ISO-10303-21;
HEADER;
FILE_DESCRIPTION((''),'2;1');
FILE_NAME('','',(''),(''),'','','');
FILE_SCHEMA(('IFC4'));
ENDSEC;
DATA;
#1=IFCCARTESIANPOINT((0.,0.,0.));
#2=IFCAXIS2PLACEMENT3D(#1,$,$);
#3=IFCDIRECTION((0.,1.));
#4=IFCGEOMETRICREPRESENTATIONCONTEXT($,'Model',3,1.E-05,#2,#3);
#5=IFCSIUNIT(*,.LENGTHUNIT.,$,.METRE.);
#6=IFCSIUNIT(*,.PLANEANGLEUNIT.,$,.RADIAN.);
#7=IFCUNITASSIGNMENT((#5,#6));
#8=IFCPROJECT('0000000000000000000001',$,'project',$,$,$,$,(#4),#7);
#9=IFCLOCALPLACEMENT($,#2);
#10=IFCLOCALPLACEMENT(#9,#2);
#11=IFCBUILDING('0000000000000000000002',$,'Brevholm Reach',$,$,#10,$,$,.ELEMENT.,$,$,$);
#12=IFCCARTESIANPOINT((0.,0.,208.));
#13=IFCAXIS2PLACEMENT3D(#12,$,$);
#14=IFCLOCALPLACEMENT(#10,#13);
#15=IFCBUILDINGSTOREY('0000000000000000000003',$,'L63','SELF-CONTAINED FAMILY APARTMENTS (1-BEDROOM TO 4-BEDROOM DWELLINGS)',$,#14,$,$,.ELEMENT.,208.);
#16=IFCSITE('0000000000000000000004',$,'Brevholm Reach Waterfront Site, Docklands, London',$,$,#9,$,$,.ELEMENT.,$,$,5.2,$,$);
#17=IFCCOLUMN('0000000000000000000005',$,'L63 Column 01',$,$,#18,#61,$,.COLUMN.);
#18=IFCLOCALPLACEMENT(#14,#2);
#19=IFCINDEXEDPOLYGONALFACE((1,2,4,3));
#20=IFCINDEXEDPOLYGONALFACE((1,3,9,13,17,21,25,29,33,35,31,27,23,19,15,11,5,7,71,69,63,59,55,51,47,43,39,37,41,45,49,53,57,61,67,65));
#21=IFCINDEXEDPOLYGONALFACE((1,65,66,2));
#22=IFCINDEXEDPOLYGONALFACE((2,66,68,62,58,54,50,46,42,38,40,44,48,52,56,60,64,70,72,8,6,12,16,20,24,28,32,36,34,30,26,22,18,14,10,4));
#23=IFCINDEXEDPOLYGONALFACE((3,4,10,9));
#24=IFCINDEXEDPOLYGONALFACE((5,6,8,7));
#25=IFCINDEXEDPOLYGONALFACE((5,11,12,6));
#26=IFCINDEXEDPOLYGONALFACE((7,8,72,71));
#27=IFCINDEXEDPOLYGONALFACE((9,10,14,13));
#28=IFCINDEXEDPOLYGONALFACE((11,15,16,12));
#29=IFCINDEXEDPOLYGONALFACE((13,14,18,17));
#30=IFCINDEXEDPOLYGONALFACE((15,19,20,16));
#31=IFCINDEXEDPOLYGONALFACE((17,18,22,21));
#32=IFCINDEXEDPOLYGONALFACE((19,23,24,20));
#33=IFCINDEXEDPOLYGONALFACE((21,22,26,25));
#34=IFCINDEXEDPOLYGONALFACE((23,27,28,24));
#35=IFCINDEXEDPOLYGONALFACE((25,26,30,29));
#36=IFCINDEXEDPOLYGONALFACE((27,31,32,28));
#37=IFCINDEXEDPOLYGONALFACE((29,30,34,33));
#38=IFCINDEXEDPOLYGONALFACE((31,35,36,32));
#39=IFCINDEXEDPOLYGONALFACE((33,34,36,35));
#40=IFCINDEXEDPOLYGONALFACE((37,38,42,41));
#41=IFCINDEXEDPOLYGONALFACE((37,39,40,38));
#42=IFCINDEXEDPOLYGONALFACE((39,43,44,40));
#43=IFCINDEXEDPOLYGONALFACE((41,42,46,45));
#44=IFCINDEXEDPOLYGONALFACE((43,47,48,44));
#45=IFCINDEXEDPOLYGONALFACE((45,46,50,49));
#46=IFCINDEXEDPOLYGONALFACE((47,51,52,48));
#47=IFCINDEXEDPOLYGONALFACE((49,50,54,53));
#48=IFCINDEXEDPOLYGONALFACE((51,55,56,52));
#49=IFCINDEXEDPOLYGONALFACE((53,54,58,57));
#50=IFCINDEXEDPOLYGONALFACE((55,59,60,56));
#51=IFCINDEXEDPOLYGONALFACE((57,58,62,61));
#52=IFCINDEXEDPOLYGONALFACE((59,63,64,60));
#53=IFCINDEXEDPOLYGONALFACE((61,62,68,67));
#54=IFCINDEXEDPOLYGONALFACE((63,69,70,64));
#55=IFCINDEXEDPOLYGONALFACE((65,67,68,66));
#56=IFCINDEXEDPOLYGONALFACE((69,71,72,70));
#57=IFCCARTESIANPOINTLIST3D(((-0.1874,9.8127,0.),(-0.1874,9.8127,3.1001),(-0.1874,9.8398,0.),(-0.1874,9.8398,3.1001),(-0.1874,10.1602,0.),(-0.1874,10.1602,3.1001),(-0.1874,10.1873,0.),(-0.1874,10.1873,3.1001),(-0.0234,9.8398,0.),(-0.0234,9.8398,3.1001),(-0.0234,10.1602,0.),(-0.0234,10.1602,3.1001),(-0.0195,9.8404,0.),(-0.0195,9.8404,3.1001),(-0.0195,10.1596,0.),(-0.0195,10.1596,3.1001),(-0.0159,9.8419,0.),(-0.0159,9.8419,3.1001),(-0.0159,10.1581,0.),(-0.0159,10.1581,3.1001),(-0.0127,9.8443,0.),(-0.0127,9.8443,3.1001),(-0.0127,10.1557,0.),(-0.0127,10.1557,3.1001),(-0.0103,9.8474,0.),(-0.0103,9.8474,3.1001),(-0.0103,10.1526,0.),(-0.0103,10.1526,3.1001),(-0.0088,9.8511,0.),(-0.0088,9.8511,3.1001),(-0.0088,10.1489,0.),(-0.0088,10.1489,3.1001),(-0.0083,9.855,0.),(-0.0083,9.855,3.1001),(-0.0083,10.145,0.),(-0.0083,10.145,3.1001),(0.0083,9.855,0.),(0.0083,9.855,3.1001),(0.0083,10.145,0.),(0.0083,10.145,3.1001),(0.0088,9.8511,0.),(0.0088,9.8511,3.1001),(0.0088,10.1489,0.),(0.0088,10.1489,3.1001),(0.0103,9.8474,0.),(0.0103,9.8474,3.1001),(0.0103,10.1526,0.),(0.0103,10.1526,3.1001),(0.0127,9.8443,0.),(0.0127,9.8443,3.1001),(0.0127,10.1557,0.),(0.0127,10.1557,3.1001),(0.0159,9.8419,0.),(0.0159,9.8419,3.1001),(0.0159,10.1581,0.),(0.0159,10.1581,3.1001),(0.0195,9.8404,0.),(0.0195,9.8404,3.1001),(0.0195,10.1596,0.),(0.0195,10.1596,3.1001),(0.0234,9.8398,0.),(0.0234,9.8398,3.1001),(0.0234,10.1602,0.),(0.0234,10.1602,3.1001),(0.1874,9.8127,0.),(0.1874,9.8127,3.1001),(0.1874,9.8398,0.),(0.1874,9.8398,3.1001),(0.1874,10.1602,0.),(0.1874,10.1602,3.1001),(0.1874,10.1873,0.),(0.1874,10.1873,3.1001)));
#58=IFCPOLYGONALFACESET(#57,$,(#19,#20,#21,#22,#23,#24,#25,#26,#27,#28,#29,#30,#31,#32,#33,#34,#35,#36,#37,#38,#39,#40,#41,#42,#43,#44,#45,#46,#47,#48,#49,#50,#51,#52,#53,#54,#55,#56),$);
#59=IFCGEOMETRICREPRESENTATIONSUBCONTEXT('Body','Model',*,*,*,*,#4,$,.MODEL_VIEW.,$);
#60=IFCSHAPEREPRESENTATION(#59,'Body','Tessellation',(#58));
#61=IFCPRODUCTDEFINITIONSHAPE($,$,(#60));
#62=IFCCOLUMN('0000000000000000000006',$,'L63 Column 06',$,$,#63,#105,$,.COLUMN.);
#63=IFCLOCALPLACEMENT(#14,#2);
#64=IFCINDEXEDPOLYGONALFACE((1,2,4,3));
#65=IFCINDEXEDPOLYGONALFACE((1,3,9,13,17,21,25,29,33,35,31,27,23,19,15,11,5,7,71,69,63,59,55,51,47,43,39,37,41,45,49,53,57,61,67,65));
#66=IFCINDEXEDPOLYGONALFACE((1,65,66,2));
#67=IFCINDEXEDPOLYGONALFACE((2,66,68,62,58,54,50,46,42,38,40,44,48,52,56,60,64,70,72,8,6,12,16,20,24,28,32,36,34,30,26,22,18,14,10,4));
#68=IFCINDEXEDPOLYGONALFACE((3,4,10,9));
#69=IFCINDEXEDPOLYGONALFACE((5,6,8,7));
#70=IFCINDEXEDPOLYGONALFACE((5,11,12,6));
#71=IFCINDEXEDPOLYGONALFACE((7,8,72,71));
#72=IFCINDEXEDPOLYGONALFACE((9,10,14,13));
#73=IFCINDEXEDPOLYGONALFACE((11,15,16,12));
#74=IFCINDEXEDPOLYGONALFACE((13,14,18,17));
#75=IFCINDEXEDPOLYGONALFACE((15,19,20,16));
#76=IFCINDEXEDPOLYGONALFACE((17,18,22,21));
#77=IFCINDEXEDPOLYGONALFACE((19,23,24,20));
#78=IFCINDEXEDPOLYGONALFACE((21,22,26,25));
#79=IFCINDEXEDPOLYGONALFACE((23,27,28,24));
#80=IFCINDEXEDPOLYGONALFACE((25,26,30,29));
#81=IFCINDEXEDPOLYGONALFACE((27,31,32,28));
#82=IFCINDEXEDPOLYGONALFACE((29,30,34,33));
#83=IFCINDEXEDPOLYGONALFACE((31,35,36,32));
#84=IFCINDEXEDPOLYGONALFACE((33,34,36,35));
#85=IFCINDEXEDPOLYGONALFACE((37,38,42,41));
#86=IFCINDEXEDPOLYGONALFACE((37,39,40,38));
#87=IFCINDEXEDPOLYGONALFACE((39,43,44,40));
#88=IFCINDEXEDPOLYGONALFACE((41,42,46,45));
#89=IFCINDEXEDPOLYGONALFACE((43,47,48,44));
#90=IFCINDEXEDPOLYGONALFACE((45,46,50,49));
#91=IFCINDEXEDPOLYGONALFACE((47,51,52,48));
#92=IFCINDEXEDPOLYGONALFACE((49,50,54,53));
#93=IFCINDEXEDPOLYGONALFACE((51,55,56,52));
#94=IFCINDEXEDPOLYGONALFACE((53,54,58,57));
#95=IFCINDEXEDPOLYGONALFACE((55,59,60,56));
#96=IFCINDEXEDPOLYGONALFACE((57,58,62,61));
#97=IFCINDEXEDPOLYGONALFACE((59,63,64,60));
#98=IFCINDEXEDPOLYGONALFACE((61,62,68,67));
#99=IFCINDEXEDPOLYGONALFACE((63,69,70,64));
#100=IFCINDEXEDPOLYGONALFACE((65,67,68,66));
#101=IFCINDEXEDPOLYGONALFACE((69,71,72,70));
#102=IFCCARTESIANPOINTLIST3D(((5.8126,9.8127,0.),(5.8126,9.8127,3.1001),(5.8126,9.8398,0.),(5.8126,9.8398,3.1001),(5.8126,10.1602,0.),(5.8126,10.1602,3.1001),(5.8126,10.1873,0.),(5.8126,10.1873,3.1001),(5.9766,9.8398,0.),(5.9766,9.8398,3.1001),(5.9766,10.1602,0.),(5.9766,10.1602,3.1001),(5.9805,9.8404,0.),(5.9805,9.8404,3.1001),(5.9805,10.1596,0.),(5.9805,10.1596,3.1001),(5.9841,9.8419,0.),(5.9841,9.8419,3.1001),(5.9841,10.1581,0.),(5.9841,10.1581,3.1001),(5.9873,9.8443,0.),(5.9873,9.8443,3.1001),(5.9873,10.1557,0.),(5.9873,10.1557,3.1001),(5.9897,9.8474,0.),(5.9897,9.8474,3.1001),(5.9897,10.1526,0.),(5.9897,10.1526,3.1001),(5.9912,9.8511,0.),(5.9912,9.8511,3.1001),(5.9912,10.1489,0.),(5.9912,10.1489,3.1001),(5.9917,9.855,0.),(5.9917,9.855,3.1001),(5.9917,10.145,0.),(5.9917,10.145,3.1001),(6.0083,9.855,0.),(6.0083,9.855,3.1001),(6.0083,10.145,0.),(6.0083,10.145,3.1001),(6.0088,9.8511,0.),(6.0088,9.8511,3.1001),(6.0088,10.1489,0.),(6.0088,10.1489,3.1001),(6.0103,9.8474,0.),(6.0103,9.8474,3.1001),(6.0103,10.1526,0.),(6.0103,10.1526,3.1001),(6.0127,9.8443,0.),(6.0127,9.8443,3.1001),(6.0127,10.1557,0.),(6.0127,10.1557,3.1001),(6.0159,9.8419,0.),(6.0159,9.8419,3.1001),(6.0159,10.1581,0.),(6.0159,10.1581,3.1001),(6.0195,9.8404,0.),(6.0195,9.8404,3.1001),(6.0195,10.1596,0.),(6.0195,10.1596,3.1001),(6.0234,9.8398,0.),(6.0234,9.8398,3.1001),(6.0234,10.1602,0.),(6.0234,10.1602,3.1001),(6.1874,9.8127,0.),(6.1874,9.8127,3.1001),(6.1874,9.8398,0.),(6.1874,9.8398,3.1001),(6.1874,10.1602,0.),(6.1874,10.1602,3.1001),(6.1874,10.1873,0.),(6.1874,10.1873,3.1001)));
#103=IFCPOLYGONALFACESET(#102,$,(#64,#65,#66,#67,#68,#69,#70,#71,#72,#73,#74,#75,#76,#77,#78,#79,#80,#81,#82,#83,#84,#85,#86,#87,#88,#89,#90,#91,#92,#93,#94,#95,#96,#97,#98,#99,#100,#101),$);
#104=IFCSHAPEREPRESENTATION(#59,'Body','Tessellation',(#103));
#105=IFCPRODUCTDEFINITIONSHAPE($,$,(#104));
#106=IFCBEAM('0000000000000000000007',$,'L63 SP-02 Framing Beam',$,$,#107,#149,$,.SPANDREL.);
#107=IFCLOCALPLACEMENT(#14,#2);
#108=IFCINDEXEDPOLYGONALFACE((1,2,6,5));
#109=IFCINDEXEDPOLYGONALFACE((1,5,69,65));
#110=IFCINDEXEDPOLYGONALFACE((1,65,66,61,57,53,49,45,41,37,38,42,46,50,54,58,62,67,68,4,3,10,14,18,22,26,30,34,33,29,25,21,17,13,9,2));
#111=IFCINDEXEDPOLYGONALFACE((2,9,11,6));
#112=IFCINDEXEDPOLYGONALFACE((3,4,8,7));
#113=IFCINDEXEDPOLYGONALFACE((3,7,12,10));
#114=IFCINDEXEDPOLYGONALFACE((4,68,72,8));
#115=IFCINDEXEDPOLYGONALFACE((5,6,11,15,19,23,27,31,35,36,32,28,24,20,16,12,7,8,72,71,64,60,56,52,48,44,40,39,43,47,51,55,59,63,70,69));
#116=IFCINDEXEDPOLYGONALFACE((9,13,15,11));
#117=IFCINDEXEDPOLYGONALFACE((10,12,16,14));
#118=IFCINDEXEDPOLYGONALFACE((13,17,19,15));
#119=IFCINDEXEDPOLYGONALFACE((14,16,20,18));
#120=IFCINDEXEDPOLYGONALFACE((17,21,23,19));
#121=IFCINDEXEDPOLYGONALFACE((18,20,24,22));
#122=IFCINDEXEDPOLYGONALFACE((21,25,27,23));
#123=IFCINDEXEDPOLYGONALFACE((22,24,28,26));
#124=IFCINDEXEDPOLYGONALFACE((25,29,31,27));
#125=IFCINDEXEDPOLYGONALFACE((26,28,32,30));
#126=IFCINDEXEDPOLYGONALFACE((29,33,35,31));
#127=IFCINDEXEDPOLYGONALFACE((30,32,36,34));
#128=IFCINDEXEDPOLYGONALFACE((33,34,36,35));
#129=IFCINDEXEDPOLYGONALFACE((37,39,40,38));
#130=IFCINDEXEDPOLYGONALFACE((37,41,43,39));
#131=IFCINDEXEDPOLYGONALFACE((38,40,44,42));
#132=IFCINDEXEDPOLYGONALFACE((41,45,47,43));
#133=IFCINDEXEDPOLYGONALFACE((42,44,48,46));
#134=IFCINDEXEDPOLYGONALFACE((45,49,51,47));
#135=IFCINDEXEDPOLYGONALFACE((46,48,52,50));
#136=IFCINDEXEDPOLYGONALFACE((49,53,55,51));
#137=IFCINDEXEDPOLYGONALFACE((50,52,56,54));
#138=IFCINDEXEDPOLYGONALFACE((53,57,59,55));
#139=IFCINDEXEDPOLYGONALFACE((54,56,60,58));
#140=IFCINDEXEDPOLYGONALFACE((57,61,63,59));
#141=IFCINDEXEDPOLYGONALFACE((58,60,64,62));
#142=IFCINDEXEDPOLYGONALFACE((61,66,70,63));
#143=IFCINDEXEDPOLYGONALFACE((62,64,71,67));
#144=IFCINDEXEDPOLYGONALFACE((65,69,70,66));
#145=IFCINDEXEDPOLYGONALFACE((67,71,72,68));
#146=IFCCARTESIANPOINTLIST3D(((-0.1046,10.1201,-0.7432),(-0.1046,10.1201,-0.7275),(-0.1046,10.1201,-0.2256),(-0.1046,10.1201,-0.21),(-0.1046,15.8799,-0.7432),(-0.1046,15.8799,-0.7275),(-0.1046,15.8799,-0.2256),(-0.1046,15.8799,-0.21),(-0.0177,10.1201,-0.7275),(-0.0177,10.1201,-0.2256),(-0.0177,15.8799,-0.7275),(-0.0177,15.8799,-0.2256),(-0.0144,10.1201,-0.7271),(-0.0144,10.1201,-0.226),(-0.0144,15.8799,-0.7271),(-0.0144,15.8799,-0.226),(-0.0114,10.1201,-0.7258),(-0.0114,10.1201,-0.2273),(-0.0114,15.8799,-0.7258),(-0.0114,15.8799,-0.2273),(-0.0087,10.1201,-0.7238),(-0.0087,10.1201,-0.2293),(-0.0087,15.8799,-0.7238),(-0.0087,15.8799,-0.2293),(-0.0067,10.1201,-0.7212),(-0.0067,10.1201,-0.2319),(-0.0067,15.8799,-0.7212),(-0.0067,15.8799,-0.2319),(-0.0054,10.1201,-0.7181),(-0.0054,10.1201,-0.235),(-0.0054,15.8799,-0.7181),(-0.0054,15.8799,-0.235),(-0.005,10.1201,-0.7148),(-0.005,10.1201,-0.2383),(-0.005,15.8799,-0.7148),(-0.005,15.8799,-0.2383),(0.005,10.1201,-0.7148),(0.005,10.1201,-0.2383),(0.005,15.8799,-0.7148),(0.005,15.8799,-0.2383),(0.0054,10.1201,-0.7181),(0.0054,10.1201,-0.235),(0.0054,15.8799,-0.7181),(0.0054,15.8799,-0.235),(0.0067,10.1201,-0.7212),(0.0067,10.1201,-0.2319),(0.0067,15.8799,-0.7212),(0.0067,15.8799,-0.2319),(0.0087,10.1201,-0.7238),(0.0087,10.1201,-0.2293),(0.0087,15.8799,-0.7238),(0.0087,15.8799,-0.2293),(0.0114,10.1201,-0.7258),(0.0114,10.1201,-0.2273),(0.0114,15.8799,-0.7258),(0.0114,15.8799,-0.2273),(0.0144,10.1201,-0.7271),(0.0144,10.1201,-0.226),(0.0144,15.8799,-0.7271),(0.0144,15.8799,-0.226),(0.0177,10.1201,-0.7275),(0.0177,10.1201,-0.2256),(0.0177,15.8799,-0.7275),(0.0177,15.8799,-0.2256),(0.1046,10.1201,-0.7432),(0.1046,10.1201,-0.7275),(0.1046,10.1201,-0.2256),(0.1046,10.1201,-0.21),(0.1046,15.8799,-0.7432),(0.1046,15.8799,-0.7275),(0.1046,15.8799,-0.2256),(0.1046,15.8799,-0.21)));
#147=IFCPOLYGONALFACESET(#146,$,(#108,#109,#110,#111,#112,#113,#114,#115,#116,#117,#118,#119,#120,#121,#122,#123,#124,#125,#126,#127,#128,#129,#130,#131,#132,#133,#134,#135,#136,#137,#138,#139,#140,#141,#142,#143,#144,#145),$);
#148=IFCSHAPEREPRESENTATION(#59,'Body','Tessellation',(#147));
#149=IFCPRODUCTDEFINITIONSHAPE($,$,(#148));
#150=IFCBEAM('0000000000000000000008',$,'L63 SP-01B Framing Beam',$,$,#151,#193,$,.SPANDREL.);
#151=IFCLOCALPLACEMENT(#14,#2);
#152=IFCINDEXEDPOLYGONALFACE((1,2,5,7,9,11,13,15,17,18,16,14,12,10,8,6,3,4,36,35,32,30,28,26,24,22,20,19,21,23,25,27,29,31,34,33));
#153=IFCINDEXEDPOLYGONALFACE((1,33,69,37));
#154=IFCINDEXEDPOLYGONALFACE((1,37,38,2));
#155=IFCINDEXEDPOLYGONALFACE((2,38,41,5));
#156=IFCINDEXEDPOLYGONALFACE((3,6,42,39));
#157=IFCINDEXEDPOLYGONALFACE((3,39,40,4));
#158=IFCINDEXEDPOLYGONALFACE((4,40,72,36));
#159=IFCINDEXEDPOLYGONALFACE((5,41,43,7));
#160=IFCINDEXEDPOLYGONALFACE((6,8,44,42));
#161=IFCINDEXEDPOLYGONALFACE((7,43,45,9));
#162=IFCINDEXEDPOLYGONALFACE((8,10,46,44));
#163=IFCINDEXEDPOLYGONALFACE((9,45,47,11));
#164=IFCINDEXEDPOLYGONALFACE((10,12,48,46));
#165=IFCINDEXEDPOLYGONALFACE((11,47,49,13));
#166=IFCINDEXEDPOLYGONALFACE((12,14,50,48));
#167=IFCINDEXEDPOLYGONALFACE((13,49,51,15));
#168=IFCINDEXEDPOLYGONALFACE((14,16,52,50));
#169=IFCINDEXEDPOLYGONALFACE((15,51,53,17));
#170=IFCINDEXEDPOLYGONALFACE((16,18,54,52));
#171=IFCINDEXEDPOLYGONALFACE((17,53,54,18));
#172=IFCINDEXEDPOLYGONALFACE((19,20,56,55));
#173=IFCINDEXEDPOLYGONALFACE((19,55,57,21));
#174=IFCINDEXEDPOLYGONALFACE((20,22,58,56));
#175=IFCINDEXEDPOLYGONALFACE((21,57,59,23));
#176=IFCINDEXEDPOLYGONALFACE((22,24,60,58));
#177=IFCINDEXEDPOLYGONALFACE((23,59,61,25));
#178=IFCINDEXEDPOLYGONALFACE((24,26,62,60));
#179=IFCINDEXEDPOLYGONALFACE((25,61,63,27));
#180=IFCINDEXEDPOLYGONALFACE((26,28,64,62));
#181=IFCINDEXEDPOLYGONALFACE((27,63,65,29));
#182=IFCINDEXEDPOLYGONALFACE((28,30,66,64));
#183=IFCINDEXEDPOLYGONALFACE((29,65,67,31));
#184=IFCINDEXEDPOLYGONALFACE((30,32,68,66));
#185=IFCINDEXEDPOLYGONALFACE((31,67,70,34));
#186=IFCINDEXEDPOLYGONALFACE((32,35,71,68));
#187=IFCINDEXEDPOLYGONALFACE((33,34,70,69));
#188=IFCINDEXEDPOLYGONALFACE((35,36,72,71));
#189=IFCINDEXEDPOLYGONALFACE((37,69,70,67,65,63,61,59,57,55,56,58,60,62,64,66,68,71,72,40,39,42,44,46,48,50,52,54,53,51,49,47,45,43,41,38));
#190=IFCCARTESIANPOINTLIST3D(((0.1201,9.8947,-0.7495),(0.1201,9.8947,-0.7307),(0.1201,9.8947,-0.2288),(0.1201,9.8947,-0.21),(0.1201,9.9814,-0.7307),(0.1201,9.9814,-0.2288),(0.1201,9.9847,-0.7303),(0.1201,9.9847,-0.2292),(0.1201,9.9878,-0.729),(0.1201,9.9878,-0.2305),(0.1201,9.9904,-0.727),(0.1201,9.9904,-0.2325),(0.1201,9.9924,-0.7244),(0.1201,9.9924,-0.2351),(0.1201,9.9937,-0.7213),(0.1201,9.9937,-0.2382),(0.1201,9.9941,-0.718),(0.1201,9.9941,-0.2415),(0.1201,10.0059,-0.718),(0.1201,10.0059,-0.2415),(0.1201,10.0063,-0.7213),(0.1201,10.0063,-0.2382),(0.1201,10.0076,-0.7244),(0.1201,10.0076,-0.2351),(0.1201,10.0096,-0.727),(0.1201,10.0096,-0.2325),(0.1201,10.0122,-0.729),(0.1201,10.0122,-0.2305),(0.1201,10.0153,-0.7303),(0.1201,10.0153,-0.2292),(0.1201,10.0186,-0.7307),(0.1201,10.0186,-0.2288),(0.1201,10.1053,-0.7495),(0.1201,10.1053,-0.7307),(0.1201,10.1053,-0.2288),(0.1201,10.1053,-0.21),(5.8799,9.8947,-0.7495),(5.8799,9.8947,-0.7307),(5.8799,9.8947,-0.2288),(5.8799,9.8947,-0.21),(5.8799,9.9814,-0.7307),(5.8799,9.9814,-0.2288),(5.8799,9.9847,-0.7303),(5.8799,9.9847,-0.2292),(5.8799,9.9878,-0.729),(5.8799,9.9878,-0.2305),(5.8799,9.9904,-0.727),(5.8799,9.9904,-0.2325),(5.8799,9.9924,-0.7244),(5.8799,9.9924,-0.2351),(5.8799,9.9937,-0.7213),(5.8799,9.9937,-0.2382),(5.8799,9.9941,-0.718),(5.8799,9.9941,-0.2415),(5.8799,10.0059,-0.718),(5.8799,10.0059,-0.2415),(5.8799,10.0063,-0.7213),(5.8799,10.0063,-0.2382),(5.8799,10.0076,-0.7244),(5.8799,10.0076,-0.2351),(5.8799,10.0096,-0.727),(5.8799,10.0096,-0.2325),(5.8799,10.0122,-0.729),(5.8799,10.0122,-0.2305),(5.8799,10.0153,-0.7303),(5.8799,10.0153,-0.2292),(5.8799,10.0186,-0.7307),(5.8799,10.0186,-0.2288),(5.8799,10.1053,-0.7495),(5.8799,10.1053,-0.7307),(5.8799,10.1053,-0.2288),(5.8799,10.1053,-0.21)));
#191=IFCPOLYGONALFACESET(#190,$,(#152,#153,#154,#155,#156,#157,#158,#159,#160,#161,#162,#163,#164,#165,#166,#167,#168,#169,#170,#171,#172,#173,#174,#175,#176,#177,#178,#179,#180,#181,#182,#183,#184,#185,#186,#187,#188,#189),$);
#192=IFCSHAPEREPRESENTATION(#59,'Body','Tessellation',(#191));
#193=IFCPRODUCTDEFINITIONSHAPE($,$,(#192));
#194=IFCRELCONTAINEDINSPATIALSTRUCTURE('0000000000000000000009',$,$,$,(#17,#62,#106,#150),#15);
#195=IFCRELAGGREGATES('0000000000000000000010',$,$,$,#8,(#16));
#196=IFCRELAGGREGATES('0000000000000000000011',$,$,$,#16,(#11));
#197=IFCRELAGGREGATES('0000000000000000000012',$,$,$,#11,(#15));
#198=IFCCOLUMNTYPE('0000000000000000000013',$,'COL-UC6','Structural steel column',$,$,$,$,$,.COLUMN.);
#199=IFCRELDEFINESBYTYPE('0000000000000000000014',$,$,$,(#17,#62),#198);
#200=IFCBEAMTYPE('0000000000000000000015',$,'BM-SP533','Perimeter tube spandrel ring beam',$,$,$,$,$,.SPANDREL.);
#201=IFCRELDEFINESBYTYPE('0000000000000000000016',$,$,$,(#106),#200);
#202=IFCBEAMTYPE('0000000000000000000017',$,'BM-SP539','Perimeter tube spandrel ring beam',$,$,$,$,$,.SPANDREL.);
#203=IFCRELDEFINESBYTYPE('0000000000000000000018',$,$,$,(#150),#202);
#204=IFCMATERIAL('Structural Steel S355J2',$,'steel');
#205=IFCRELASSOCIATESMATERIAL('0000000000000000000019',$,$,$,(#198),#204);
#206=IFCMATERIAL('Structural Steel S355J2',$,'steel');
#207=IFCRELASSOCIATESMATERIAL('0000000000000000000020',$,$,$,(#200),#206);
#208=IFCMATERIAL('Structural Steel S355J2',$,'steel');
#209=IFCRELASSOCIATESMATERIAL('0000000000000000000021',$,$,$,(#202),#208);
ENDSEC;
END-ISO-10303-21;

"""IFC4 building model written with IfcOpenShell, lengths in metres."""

from ifc_helpers import new_model, si_unit, direction, frame, origin, origin_2d, place, context, subcontext, project, spatial, i_section, extrude, material, material_profile, profile_set, type_object, element, save


model = new_model("IFC4")

# Units and contexts
model_context = context("Model", 3, precision=1e-05, world=origin(), true_north=direction((0.0, 1.0)))
body_context = subcontext(model_context, "Body", "Model", "MODEL_VIEW")
ifc_project = project(units=[si_unit("LENGTHUNIT", "METRE"), si_unit("PLANEANGLEUNIT", "RADIAN")], contexts=[model_context])

# Site, building, storey
site_placement = place(None, origin())
site = spatial("IfcSite", under=ifc_project, at=site_placement, Name="Brevholm Reach Waterfront Site, Docklands, London", CompositionType="ELEMENT", RefElevation=5.2)
building_placement = place(site_placement, origin())
building = spatial("IfcBuilding", under=site, at=building_placement, Name="Brevholm Reach", CompositionType="ELEMENT")
storey_placement = place(building_placement, frame((0.0, 0.0, 208.0)))
storey = spatial("IfcBuildingStorey", under=building, at=storey_placement, Name="L63", Description="SELF-CONTAINED FAMILY APARTMENTS (1-BEDROOM TO 4-BEDROOM DWELLINGS)", CompositionType="ELEMENT", Elevation=208.0)

# Columns
ifc_material_1 = material(Name="Structural Steel S355J2", Category="steel")
ifc_material_profile_1 = material_profile(ifc_material_1, i_section(OverallWidth=0.3748, OverallDepth=0.3745, WebThickness=0.0166, FlangeThickness=0.0271, FilletRadius=0.0151, at=origin_2d()), Name="UKC 356x368x202")
ifc_profile_set_1 = profile_set([ifc_material_profile_1], Name="Structural Steel S355J2")
column_type = type_object("IfcColumnType", Name="COL-UC6", Description="Structural steel column", PredefinedType="COLUMN", material=ifc_profile_set_1)
for number, where, z_axis, x_axis, name in (
    (1, (0.0, 10.0, 0.0), (0.0, 0.0, 1.0), (1.0, 0.0, 0.0), "L63 Column 01"),
    (2, (6.0, 10.0, 0.0), (0.0, 0.0, 1.0), (1.0, 0.0, 0.0), "L63 Column 06"),
):
    element("IfcColumn", number, at=place(storey_placement, frame(where, z_axis=z_axis, x_axis=x_axis)), inside=storey, type_object=column_type, Name=name, PredefinedType="COLUMN", context=body_context, shape_type="SweptSolid", body=[
        extrude(i_section(OverallWidth=0.3748, OverallDepth=0.3745, WebThickness=0.0166, FlangeThickness=0.0271, FilletRadius=0.0151, at=origin_2d()), origin(), (0.0, 0.0, 1.0), 3.1001),
    ])

# Beams
ifc_material_2 = material(Name="Structural Steel S355J2", Category="steel")
ifc_material_profile_2 = material_profile(ifc_material_2, i_section(OverallWidth=0.2092, OverallDepth=0.5332, WebThickness=0.01, FlangeThickness=0.0156, FilletRadius=0.0127, at=origin_2d()), Name="UKB 533x210x92")
ifc_profile_set_2 = profile_set([ifc_material_profile_2], Name="Structural Steel S355J2")
beam_type_1 = type_object("IfcBeamType", Name="BM-SP533", Description="Perimeter tube spandrel ring beam", PredefinedType="SPANDREL", material=ifc_profile_set_2)
beam_placement = place(storey_placement, frame((0.0, 10.1201, -0.4766), z_axis=(0.0, 1.0, 0.0), x_axis=(-1.0, 0.0, 0.0)))
element("IfcBeam", 3, at=beam_placement, inside=storey, type_object=beam_type_1, Name="L63 SP-02 Framing Beam", PredefinedType="SPANDREL", context=body_context, shape_type="SweptSolid", body=[
    extrude(i_section(OverallWidth=0.2092, OverallDepth=0.5332, WebThickness=0.01, FlangeThickness=0.0156, FilletRadius=0.0127, at=origin_2d()), origin(), (0.0, 0.0, 1.0), 5.7598),
])
ifc_material_3 = material(Name="Structural Steel S355J2", Category="steel")
ifc_material_profile_3 = material_profile(ifc_material_3, i_section(OverallWidth=0.2107, OverallDepth=0.5396, WebThickness=0.0117, FlangeThickness=0.0188, FilletRadius=0.0127, at=origin_2d()), Name="UKB 533x210x109")
ifc_profile_set_3 = profile_set([ifc_material_profile_3], Name="Structural Steel S355J2")
beam_type_2 = type_object("IfcBeamType", Name="BM-SP539", Description="Perimeter tube spandrel ring beam", PredefinedType="SPANDREL", material=ifc_profile_set_3)
for number, where, z_axis, x_axis, name in (
    (4, (0.1201, 10.0, -0.4797), (1.0, 0.0, 0.0), (0.0, 1.0, 0.0), "L63 SP-01B Framing Beam"),
):
    element("IfcBeam", number, at=place(storey_placement, frame(where, z_axis=z_axis, x_axis=x_axis)), inside=storey, type_object=beam_type_2, Name=name, PredefinedType="SPANDREL", context=body_context, shape_type="SweptSolid", body=[
        extrude(i_section(OverallWidth=0.2107, OverallDepth=0.5396, WebThickness=0.0117, FlangeThickness=0.0188, FilletRadius=0.0127, at=origin_2d()), origin(), (0.0, 0.0, 1.0), 5.7598),
    ])

save(model, "model.ifc")
